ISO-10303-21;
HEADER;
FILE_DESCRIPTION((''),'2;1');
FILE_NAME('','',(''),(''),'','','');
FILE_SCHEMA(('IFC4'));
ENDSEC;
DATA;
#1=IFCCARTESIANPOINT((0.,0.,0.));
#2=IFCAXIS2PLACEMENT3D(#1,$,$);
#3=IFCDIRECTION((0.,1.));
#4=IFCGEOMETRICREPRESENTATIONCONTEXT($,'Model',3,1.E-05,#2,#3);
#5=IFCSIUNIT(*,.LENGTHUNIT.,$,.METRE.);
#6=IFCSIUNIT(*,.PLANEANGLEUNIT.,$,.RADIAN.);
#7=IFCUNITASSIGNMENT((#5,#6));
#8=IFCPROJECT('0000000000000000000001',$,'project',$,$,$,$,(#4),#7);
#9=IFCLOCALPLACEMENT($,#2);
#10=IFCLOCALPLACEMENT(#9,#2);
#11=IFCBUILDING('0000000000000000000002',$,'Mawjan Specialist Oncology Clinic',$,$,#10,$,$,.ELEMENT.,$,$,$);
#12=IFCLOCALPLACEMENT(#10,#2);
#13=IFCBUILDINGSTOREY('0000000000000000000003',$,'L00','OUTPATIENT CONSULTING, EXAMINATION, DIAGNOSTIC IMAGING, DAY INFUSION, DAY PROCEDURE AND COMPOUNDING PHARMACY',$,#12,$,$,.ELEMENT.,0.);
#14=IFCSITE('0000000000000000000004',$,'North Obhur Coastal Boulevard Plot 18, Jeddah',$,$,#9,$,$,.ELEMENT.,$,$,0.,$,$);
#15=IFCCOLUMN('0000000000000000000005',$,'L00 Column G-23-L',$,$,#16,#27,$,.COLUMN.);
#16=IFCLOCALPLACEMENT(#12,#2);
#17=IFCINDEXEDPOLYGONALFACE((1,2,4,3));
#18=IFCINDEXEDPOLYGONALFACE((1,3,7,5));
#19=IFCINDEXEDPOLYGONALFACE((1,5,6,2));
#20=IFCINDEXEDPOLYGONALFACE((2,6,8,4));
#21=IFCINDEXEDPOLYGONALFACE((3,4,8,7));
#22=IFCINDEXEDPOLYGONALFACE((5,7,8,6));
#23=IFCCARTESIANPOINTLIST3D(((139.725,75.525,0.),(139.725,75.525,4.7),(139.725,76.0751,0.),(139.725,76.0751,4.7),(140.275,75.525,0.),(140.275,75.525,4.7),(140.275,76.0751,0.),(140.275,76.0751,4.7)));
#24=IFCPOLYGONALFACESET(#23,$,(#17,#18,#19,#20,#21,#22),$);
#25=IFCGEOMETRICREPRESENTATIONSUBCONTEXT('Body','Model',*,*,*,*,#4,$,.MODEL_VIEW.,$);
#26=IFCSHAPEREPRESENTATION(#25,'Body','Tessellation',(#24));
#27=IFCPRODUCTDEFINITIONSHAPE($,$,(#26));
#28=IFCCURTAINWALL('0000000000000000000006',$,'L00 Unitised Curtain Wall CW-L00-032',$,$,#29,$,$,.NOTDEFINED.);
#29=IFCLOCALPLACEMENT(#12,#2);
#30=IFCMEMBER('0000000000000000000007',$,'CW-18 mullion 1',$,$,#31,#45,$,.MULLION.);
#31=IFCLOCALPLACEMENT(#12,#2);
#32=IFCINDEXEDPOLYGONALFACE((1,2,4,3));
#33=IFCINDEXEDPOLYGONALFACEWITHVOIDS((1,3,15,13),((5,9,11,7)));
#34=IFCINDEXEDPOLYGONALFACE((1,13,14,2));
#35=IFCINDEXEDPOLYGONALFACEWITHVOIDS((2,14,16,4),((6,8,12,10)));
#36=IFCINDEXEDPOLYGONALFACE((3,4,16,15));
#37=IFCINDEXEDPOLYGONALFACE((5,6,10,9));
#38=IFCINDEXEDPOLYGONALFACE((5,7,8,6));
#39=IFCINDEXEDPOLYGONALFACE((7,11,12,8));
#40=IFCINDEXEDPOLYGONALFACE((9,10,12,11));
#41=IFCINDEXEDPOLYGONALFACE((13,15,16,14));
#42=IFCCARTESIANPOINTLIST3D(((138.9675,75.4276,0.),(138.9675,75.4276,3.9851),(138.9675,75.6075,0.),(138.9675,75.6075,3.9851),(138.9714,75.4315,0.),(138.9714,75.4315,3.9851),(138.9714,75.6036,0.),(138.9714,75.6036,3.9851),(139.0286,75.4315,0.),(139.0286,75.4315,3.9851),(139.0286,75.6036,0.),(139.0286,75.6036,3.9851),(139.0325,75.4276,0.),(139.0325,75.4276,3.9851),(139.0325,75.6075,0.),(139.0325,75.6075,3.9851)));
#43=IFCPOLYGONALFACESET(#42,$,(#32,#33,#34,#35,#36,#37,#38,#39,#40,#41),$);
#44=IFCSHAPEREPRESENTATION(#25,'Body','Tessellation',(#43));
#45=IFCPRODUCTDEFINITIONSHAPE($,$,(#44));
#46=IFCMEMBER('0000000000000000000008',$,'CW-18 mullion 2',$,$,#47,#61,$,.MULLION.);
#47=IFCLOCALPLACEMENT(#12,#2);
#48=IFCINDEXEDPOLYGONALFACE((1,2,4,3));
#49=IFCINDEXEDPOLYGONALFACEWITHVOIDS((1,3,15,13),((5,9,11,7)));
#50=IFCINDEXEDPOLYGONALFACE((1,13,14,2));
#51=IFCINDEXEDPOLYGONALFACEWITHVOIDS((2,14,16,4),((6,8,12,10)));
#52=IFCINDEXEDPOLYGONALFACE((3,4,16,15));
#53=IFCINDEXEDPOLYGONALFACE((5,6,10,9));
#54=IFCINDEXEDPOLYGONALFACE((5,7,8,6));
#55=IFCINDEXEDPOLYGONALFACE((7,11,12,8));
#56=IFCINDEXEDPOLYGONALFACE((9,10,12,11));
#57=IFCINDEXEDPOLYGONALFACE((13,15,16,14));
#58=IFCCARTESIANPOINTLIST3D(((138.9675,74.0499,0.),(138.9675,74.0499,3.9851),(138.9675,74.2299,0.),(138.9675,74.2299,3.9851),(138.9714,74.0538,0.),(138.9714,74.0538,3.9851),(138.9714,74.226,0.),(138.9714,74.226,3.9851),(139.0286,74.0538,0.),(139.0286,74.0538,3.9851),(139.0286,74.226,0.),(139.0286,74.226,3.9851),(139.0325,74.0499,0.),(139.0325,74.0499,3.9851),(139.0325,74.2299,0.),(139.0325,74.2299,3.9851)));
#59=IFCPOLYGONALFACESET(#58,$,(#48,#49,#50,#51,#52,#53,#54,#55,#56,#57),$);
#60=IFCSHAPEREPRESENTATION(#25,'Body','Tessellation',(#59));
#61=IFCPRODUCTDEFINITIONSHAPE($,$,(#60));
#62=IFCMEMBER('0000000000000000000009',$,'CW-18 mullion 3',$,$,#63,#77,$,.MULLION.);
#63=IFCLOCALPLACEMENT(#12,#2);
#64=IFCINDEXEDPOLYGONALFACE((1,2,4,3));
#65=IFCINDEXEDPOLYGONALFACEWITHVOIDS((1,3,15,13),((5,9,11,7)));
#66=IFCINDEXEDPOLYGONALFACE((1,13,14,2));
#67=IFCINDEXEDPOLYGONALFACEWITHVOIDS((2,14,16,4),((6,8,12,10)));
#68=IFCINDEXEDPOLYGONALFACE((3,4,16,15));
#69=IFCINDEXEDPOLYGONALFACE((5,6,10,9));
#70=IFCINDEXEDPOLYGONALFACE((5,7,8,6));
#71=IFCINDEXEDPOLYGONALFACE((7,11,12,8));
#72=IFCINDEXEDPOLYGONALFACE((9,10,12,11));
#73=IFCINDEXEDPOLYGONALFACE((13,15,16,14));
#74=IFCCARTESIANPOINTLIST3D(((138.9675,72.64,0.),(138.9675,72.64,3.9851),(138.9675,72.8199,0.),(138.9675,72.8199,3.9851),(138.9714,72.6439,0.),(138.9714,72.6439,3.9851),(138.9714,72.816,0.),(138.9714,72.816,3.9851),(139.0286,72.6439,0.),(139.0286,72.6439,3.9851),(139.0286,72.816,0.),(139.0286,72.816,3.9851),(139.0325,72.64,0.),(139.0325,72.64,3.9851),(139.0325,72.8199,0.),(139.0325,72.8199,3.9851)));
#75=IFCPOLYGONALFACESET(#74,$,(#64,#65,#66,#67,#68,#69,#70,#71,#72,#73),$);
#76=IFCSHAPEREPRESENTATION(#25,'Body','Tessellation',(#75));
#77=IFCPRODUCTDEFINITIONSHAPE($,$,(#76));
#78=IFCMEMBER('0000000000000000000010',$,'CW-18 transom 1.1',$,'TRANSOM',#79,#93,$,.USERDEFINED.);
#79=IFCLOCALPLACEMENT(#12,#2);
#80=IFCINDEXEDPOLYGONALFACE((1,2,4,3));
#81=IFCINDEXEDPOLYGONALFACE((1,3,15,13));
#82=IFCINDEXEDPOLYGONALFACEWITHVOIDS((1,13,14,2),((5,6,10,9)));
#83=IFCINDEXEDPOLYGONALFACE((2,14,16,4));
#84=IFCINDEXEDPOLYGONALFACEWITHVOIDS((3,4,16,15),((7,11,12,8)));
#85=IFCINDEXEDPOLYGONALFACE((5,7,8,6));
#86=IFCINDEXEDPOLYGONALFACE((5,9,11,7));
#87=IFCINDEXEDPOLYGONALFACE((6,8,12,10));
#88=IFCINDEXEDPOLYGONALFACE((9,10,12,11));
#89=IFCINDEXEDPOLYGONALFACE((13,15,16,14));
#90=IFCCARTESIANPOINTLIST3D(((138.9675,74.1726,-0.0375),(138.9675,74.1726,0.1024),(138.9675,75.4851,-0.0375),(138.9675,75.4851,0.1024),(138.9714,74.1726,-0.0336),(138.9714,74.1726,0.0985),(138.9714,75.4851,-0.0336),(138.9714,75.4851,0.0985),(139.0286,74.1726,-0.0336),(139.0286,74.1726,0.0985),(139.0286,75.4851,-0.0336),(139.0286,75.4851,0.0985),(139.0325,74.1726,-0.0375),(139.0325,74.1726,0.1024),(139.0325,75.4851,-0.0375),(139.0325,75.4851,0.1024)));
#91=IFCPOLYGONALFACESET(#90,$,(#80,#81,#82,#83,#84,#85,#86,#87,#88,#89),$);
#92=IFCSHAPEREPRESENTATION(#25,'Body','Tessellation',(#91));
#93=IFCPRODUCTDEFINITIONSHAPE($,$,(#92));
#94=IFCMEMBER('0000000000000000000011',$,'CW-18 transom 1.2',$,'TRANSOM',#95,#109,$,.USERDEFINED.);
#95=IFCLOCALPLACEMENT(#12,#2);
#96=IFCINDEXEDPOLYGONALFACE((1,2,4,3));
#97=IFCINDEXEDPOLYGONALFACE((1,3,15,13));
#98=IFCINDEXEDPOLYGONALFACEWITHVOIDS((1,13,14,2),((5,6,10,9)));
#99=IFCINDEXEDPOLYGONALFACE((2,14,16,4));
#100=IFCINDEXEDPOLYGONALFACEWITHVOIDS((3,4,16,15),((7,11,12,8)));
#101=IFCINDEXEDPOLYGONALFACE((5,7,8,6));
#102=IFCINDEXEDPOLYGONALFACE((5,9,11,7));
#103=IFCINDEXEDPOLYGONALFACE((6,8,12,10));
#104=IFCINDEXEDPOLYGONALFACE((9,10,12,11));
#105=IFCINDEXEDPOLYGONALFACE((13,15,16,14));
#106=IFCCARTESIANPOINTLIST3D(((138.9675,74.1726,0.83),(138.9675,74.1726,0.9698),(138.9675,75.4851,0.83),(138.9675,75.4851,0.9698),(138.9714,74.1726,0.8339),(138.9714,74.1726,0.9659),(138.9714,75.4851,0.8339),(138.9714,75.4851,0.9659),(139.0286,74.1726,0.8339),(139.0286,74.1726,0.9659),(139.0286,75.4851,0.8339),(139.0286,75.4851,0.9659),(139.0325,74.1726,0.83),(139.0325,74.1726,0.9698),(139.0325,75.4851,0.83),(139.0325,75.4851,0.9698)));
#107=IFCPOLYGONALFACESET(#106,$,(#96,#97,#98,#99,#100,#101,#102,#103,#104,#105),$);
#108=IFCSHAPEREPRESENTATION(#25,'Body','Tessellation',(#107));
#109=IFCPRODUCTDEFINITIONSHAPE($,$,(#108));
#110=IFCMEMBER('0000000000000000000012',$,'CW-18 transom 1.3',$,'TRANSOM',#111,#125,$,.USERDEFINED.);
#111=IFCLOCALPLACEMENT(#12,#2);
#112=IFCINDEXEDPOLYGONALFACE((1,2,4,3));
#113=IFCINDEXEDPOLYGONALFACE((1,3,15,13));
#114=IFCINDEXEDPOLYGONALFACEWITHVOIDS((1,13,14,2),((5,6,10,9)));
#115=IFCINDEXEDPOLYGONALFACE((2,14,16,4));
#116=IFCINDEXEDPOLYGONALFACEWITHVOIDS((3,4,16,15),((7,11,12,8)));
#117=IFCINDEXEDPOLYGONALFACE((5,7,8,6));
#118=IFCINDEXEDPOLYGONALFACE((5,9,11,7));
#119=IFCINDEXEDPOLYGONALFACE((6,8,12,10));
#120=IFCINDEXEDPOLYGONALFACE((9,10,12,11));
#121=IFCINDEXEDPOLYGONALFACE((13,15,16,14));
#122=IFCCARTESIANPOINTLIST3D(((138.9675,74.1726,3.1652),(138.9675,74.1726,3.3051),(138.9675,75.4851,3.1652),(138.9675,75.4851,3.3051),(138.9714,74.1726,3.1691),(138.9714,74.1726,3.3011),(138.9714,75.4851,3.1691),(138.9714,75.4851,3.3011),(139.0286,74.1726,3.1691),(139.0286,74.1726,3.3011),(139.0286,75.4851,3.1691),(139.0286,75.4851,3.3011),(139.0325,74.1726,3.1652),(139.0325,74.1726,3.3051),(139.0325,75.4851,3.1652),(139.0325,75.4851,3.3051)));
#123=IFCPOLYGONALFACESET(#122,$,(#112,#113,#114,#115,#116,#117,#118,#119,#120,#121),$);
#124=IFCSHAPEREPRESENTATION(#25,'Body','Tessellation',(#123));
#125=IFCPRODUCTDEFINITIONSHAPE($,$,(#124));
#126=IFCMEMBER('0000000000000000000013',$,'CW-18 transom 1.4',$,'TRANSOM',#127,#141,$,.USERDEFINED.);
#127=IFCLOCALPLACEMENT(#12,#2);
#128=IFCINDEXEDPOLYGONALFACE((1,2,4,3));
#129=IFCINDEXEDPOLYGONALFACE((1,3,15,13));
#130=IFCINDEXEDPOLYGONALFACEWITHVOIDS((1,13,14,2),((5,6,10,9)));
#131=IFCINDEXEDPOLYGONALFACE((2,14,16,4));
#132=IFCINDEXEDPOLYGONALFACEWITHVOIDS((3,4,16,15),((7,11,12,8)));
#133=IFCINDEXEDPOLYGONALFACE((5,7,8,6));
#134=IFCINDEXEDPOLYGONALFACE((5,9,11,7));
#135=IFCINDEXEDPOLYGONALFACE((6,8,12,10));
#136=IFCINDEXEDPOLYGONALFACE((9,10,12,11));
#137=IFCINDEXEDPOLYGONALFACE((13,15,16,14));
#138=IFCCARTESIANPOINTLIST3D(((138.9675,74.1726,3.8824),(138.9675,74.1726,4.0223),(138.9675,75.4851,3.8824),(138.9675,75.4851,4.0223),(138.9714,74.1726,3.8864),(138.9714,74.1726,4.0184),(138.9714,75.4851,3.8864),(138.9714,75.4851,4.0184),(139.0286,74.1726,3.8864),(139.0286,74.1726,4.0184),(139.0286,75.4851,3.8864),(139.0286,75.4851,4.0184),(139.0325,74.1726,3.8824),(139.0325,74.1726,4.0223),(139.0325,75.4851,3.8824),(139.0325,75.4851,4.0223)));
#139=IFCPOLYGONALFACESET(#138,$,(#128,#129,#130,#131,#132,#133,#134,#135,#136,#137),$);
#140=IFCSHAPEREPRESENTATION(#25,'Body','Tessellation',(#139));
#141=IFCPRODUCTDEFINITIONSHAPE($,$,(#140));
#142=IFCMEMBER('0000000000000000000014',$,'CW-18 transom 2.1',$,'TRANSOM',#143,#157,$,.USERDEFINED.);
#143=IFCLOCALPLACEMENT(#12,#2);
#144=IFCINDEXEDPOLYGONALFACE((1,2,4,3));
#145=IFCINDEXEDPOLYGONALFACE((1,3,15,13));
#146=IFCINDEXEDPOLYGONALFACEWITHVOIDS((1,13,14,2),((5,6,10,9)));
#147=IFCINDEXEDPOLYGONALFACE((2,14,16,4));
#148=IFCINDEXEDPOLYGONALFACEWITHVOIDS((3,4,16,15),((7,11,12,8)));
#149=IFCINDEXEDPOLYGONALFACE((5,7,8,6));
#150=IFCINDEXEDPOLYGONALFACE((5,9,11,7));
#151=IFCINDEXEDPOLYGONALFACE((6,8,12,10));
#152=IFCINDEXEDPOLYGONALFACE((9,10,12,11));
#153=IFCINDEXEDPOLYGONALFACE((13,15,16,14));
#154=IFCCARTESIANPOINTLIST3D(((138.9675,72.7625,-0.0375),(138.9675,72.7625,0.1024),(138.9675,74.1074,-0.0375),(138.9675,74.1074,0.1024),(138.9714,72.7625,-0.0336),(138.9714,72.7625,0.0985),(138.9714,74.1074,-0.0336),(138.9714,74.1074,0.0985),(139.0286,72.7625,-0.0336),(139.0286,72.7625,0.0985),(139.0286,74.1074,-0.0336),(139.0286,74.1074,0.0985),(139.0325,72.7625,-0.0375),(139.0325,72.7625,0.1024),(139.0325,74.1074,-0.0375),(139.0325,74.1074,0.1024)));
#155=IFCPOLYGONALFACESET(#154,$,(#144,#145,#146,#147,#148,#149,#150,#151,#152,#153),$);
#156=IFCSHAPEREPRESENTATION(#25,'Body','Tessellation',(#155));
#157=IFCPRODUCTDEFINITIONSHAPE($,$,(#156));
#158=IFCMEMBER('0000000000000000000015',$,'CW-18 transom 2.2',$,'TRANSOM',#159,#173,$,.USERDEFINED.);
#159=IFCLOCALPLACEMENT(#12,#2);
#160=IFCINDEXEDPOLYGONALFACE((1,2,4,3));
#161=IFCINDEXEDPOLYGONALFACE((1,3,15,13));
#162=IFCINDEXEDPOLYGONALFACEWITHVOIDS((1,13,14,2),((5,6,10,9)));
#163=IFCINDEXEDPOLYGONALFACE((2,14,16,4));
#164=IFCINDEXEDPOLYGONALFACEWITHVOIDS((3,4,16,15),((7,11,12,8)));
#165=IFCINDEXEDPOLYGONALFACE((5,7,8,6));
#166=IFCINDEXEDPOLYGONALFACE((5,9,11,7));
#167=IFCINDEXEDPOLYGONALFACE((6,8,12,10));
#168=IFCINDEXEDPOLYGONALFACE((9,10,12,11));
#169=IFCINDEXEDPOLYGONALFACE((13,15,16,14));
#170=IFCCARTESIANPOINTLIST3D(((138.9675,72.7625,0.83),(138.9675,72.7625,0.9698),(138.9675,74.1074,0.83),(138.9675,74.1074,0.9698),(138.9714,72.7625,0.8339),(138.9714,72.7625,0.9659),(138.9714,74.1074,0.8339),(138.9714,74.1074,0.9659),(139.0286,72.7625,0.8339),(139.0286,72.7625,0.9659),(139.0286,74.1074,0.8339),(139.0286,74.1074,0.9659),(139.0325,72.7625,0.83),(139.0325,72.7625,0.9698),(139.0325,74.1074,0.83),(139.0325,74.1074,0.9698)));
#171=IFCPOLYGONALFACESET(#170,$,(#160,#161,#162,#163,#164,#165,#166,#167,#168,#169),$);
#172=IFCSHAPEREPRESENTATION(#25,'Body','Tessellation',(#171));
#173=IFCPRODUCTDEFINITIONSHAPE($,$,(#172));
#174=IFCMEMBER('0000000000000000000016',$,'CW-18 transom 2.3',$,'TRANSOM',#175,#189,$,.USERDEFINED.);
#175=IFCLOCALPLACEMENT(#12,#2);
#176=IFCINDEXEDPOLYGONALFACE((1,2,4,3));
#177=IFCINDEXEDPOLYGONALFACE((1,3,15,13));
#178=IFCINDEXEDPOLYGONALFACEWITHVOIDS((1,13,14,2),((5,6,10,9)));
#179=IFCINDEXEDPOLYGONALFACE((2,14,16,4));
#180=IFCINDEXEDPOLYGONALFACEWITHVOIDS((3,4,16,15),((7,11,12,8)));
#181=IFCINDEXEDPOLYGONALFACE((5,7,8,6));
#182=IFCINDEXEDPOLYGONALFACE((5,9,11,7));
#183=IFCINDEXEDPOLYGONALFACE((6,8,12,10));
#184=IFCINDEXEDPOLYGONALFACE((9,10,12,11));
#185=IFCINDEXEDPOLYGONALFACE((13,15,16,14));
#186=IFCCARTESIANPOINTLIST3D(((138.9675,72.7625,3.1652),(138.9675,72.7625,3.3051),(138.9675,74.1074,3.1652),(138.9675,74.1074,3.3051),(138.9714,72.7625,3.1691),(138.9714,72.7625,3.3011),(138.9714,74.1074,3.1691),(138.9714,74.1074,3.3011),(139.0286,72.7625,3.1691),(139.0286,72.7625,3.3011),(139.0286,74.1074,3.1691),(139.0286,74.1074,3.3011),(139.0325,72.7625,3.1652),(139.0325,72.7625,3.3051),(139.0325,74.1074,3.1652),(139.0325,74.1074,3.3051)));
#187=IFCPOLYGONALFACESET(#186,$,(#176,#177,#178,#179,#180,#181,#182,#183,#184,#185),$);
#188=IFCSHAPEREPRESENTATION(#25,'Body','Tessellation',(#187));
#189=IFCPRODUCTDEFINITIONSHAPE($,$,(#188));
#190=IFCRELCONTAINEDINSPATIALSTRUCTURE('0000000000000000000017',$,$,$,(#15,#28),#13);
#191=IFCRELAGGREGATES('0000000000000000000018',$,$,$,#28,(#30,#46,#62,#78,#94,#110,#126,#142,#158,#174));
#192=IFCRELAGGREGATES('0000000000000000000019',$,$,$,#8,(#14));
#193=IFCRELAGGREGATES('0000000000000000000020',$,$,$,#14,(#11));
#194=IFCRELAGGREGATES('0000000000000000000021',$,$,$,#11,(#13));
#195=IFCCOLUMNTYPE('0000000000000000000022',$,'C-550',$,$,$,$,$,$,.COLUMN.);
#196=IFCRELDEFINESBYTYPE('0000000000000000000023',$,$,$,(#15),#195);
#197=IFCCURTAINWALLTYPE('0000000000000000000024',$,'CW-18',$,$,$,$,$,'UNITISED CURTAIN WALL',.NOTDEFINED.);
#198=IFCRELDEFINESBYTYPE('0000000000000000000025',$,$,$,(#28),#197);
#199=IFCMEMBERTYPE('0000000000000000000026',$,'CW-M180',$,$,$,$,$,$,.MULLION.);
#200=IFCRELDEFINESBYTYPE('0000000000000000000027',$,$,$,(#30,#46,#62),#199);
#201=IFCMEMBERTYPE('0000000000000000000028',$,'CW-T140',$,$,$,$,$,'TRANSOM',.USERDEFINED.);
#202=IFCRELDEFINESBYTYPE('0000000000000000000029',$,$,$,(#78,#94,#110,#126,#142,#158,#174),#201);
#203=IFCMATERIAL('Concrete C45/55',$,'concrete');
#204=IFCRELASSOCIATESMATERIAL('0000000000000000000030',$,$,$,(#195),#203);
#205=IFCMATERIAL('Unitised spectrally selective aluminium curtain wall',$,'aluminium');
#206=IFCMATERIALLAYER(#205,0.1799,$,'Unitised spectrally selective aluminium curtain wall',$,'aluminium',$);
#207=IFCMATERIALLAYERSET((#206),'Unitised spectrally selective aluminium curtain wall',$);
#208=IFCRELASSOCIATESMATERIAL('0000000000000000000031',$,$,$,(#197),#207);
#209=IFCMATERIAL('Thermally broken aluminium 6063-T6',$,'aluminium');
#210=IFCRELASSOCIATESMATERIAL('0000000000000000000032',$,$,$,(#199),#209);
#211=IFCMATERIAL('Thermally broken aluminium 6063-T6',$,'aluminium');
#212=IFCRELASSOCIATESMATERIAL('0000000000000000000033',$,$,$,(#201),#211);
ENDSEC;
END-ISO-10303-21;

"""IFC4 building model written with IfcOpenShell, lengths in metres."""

from ifc_helpers import new_model, si_unit, direction, frame, origin, origin_2d, place, context, subcontext, project, spatial, rectangle, hollow_rectangle, extrude, material, layer, layer_set, material_profile, profile_set, type_object, element, aggregate, save


model = new_model("IFC4")

# Units and contexts
model_context = context("Model", 3, precision=1e-05, world=origin(), true_north=direction((0.0, 1.0)))
body_context = subcontext(model_context, "Body", "Model", "MODEL_VIEW")
ifc_project = project(units=[si_unit("LENGTHUNIT", "METRE"), si_unit("PLANEANGLEUNIT", "RADIAN")], contexts=[model_context])

# Site, building, storey
site_placement = place(None, origin())
site = spatial("IfcSite", under=ifc_project, at=site_placement, Name="North Obhur Coastal Boulevard Plot 18, Jeddah", CompositionType="ELEMENT", RefElevation=0.0)
building_placement = place(site_placement, origin())
building = spatial("IfcBuilding", under=site, at=building_placement, Name="Mawjan Specialist Oncology Clinic", CompositionType="ELEMENT")
storey_placement = place(building_placement, origin())
storey = spatial("IfcBuildingStorey", under=building, at=storey_placement, Name="L00", Description="OUTPATIENT CONSULTING, EXAMINATION, DIAGNOSTIC IMAGING, DAY INFUSION, DAY PROCEDURE AND COMPOUNDING PHARMACY", CompositionType="ELEMENT", Elevation=0.0)

# Column
ifc_material_1 = material(Name="Concrete C45/55", Category="concrete")
ifc_material_profile_1 = material_profile(ifc_material_1, rectangle(XDim=0.55, YDim=0.55, at=origin_2d()), Name="RC COL 550x550", Category="concrete")
ifc_profile_set_1 = profile_set([ifc_material_profile_1], Name="Concrete C45/55")
column_type = type_object("IfcColumnType", Name="C-550", PredefinedType="COLUMN", material=ifc_profile_set_1)
column_placement = place(storey_placement, frame((140.0, 75.8, 0.0), z_axis=(0.0, 0.0, 1.0), x_axis=(1.0, 0.0, 0.0)))
element("IfcColumn", 1, at=column_placement, inside=storey, type_object=column_type, Name="L00 Column G-23-L", PredefinedType="COLUMN", context=body_context, shape_type="SweptSolid", body=[
    extrude(rectangle(XDim=0.55, YDim=0.55, at=origin_2d()), origin(), (0.0, 0.0, 1.0), 4.7),
])

# Curtain wall, members
ifc_material_2 = material(Name="Unitised spectrally selective aluminium curtain wall", Category="aluminium")
ifc_layer_1 = layer(ifc_material_2, 0.1799, Name="Unitised spectrally selective aluminium curtain wall", Category="aluminium")
ifc_layer_set_1 = layer_set([ifc_layer_1], Name="Unitised spectrally selective aluminium curtain wall")
curtain_wall_type = type_object("IfcCurtainWallType", Name="CW-18", ElementType="UNITISED CURTAIN WALL", PredefinedType="NOTDEFINED", material=ifc_layer_set_1)
curtain_wall_placement = place(storey_placement, origin())
curtain_wall = element("IfcCurtainWall", 2, at=curtain_wall_placement, inside=storey, type_object=curtain_wall_type, Name="L00 Unitised Curtain Wall CW-L00-032", PredefinedType="NOTDEFINED")
ifc_material_3 = material(Name="Thermally broken aluminium 6063-T6", Category="aluminium")
ifc_material_profile_2 = material_profile(ifc_material_3, hollow_rectangle(XDim=0.0649, YDim=0.1799, WallThickness=0.0039, at=origin_2d()), Name="ALU MULLION 180x65x4", Category="aluminium")
ifc_profile_set_2 = profile_set([ifc_material_profile_2], Name="Thermally broken aluminium 6063-T6")
member_type_1 = type_object("IfcMemberType", Name="CW-M180", PredefinedType="MULLION", material=ifc_profile_set_2)
member_1_placement = place(storey_placement, frame((139.0, 75.5176, 0.0), z_axis=(0.0, 0.0, 1.0), x_axis=(1.0, 0.0, 0.0)))
member_1 = element("IfcMember", 3, at=member_1_placement, type_object=member_type_1, Name="CW-18 mullion 1", PredefinedType="MULLION", context=body_context, shape_type="SweptSolid", body=[
    extrude(hollow_rectangle(XDim=0.0649, YDim=0.1799, WallThickness=0.0039, at=origin_2d()), origin(), (0.0, 0.0, 1.0), 3.9851),
])
member_2_placement = place(storey_placement, frame((139.0, 74.1399, 0.0), z_axis=(0.0, 0.0, 1.0), x_axis=(1.0, 0.0, 0.0)))
member_2 = element("IfcMember", 4, at=member_2_placement, type_object=member_type_1, Name="CW-18 mullion 2", PredefinedType="MULLION", context=body_context, shape_type="SweptSolid", body=[
    extrude(hollow_rectangle(XDim=0.0649, YDim=0.1799, WallThickness=0.0039, at=origin_2d()), origin(), (0.0, 0.0, 1.0), 3.9851),
])
member_3_placement = place(storey_placement, frame((139.0, 72.73, 0.0), z_axis=(0.0, 0.0, 1.0), x_axis=(1.0, 0.0, 0.0)))
member_3 = element("IfcMember", 5, at=member_3_placement, type_object=member_type_1, Name="CW-18 mullion 3", PredefinedType="MULLION", context=body_context, shape_type="SweptSolid", body=[
    extrude(hollow_rectangle(XDim=0.0649, YDim=0.1799, WallThickness=0.0039, at=origin_2d()), origin(), (0.0, 0.0, 1.0), 3.9851),
])
ifc_material_4 = material(Name="Thermally broken aluminium 6063-T6", Category="aluminium")
ifc_material_profile_3 = material_profile(ifc_material_4, hollow_rectangle(XDim=0.0649, YDim=0.1399, WallThickness=0.0039, at=origin_2d()), Name="ALU TRANSOM 140x65x4", Category="aluminium")
ifc_profile_set_3 = profile_set([ifc_material_profile_3], Name="Thermally broken aluminium 6063-T6")
member_type_2 = type_object("IfcMemberType", Name="CW-T140", ElementType="TRANSOM", PredefinedType="USERDEFINED", material=ifc_profile_set_3)
member_4_placement = place(storey_placement, frame((139.0, 75.4851, 0.0325), z_axis=(0.0, -1.0, 0.0), x_axis=(1.0, 0.0, 0.0)))
member_4 = element("IfcMember", 6, at=member_4_placement, type_object=member_type_2, Name="CW-18 transom 1.1", ObjectType="TRANSOM", PredefinedType="USERDEFINED", context=body_context, shape_type="SweptSolid", body=[
    extrude(hollow_rectangle(XDim=0.0649, YDim=0.1399, WallThickness=0.0039, at=origin_2d()), origin(), (0.0, 0.0, 1.0), 1.3125),
])
member_5_placement = place(storey_placement, frame((139.0, 75.4851, 0.8999), z_axis=(0.0, -1.0, 0.0), x_axis=(1.0, 0.0, 0.0)))
member_5 = element("IfcMember", 7, at=member_5_placement, type_object=member_type_2, Name="CW-18 transom 1.2", ObjectType="TRANSOM", PredefinedType="USERDEFINED", context=body_context, shape_type="SweptSolid", body=[
    extrude(hollow_rectangle(XDim=0.0649, YDim=0.1399, WallThickness=0.0039, at=origin_2d()), origin(), (0.0, 0.0, 1.0), 1.3125),
])
member_6_placement = place(storey_placement, frame((139.0, 75.4851, 3.2351), z_axis=(0.0, -1.0, 0.0), x_axis=(1.0, 0.0, 0.0)))
member_6 = element("IfcMember", 8, at=member_6_placement, type_object=member_type_2, Name="CW-18 transom 1.3", ObjectType="TRANSOM", PredefinedType="USERDEFINED", context=body_context, shape_type="SweptSolid", body=[
    extrude(hollow_rectangle(XDim=0.0649, YDim=0.1399, WallThickness=0.0039, at=origin_2d()), origin(), (0.0, 0.0, 1.0), 1.3125),
])
member_7_placement = place(storey_placement, frame((139.0, 75.4851, 3.9524), z_axis=(0.0, -1.0, 0.0), x_axis=(1.0, 0.0, 0.0)))
member_7 = element("IfcMember", 9, at=member_7_placement, type_object=member_type_2, Name="CW-18 transom 1.4", ObjectType="TRANSOM", PredefinedType="USERDEFINED", context=body_context, shape_type="SweptSolid", body=[
    extrude(hollow_rectangle(XDim=0.0649, YDim=0.1399, WallThickness=0.0039, at=origin_2d()), origin(), (0.0, 0.0, 1.0), 1.3125),
])
member_8_placement = place(storey_placement, frame((139.0, 74.1074, 0.0325), z_axis=(0.0, -1.0, 0.0), x_axis=(1.0, 0.0, 0.0)))
member_8 = element("IfcMember", 10, at=member_8_placement, type_object=member_type_2, Name="CW-18 transom 2.1", ObjectType="TRANSOM", PredefinedType="USERDEFINED", context=body_context, shape_type="SweptSolid", body=[
    extrude(hollow_rectangle(XDim=0.0649, YDim=0.1399, WallThickness=0.0039, at=origin_2d()), origin(), (0.0, 0.0, 1.0), 1.345),
])
member_9_placement = place(storey_placement, frame((139.0, 74.1074, 0.8999), z_axis=(0.0, -1.0, 0.0), x_axis=(1.0, 0.0, 0.0)))
member_9 = element("IfcMember", 11, at=member_9_placement, type_object=member_type_2, Name="CW-18 transom 2.2", ObjectType="TRANSOM", PredefinedType="USERDEFINED", context=body_context, shape_type="SweptSolid", body=[
    extrude(hollow_rectangle(XDim=0.0649, YDim=0.1399, WallThickness=0.0039, at=origin_2d()), origin(), (0.0, 0.0, 1.0), 1.345),
])
member_10_placement = place(storey_placement, frame((139.0, 74.1074, 3.2351), z_axis=(0.0, -1.0, 0.0), x_axis=(1.0, 0.0, 0.0)))
member_10 = element("IfcMember", 12, at=member_10_placement, type_object=member_type_2, Name="CW-18 transom 2.3", ObjectType="TRANSOM", PredefinedType="USERDEFINED", context=body_context, shape_type="SweptSolid", body=[
    extrude(hollow_rectangle(XDim=0.0649, YDim=0.1399, WallThickness=0.0039, at=origin_2d()), origin(), (0.0, 0.0, 1.0), 1.345),
])
aggregate(curtain_wall, [member_1, member_2, member_3, member_4, member_5, member_6, member_7, member_8, member_9, member_10])

save(model, "model.ifc")
